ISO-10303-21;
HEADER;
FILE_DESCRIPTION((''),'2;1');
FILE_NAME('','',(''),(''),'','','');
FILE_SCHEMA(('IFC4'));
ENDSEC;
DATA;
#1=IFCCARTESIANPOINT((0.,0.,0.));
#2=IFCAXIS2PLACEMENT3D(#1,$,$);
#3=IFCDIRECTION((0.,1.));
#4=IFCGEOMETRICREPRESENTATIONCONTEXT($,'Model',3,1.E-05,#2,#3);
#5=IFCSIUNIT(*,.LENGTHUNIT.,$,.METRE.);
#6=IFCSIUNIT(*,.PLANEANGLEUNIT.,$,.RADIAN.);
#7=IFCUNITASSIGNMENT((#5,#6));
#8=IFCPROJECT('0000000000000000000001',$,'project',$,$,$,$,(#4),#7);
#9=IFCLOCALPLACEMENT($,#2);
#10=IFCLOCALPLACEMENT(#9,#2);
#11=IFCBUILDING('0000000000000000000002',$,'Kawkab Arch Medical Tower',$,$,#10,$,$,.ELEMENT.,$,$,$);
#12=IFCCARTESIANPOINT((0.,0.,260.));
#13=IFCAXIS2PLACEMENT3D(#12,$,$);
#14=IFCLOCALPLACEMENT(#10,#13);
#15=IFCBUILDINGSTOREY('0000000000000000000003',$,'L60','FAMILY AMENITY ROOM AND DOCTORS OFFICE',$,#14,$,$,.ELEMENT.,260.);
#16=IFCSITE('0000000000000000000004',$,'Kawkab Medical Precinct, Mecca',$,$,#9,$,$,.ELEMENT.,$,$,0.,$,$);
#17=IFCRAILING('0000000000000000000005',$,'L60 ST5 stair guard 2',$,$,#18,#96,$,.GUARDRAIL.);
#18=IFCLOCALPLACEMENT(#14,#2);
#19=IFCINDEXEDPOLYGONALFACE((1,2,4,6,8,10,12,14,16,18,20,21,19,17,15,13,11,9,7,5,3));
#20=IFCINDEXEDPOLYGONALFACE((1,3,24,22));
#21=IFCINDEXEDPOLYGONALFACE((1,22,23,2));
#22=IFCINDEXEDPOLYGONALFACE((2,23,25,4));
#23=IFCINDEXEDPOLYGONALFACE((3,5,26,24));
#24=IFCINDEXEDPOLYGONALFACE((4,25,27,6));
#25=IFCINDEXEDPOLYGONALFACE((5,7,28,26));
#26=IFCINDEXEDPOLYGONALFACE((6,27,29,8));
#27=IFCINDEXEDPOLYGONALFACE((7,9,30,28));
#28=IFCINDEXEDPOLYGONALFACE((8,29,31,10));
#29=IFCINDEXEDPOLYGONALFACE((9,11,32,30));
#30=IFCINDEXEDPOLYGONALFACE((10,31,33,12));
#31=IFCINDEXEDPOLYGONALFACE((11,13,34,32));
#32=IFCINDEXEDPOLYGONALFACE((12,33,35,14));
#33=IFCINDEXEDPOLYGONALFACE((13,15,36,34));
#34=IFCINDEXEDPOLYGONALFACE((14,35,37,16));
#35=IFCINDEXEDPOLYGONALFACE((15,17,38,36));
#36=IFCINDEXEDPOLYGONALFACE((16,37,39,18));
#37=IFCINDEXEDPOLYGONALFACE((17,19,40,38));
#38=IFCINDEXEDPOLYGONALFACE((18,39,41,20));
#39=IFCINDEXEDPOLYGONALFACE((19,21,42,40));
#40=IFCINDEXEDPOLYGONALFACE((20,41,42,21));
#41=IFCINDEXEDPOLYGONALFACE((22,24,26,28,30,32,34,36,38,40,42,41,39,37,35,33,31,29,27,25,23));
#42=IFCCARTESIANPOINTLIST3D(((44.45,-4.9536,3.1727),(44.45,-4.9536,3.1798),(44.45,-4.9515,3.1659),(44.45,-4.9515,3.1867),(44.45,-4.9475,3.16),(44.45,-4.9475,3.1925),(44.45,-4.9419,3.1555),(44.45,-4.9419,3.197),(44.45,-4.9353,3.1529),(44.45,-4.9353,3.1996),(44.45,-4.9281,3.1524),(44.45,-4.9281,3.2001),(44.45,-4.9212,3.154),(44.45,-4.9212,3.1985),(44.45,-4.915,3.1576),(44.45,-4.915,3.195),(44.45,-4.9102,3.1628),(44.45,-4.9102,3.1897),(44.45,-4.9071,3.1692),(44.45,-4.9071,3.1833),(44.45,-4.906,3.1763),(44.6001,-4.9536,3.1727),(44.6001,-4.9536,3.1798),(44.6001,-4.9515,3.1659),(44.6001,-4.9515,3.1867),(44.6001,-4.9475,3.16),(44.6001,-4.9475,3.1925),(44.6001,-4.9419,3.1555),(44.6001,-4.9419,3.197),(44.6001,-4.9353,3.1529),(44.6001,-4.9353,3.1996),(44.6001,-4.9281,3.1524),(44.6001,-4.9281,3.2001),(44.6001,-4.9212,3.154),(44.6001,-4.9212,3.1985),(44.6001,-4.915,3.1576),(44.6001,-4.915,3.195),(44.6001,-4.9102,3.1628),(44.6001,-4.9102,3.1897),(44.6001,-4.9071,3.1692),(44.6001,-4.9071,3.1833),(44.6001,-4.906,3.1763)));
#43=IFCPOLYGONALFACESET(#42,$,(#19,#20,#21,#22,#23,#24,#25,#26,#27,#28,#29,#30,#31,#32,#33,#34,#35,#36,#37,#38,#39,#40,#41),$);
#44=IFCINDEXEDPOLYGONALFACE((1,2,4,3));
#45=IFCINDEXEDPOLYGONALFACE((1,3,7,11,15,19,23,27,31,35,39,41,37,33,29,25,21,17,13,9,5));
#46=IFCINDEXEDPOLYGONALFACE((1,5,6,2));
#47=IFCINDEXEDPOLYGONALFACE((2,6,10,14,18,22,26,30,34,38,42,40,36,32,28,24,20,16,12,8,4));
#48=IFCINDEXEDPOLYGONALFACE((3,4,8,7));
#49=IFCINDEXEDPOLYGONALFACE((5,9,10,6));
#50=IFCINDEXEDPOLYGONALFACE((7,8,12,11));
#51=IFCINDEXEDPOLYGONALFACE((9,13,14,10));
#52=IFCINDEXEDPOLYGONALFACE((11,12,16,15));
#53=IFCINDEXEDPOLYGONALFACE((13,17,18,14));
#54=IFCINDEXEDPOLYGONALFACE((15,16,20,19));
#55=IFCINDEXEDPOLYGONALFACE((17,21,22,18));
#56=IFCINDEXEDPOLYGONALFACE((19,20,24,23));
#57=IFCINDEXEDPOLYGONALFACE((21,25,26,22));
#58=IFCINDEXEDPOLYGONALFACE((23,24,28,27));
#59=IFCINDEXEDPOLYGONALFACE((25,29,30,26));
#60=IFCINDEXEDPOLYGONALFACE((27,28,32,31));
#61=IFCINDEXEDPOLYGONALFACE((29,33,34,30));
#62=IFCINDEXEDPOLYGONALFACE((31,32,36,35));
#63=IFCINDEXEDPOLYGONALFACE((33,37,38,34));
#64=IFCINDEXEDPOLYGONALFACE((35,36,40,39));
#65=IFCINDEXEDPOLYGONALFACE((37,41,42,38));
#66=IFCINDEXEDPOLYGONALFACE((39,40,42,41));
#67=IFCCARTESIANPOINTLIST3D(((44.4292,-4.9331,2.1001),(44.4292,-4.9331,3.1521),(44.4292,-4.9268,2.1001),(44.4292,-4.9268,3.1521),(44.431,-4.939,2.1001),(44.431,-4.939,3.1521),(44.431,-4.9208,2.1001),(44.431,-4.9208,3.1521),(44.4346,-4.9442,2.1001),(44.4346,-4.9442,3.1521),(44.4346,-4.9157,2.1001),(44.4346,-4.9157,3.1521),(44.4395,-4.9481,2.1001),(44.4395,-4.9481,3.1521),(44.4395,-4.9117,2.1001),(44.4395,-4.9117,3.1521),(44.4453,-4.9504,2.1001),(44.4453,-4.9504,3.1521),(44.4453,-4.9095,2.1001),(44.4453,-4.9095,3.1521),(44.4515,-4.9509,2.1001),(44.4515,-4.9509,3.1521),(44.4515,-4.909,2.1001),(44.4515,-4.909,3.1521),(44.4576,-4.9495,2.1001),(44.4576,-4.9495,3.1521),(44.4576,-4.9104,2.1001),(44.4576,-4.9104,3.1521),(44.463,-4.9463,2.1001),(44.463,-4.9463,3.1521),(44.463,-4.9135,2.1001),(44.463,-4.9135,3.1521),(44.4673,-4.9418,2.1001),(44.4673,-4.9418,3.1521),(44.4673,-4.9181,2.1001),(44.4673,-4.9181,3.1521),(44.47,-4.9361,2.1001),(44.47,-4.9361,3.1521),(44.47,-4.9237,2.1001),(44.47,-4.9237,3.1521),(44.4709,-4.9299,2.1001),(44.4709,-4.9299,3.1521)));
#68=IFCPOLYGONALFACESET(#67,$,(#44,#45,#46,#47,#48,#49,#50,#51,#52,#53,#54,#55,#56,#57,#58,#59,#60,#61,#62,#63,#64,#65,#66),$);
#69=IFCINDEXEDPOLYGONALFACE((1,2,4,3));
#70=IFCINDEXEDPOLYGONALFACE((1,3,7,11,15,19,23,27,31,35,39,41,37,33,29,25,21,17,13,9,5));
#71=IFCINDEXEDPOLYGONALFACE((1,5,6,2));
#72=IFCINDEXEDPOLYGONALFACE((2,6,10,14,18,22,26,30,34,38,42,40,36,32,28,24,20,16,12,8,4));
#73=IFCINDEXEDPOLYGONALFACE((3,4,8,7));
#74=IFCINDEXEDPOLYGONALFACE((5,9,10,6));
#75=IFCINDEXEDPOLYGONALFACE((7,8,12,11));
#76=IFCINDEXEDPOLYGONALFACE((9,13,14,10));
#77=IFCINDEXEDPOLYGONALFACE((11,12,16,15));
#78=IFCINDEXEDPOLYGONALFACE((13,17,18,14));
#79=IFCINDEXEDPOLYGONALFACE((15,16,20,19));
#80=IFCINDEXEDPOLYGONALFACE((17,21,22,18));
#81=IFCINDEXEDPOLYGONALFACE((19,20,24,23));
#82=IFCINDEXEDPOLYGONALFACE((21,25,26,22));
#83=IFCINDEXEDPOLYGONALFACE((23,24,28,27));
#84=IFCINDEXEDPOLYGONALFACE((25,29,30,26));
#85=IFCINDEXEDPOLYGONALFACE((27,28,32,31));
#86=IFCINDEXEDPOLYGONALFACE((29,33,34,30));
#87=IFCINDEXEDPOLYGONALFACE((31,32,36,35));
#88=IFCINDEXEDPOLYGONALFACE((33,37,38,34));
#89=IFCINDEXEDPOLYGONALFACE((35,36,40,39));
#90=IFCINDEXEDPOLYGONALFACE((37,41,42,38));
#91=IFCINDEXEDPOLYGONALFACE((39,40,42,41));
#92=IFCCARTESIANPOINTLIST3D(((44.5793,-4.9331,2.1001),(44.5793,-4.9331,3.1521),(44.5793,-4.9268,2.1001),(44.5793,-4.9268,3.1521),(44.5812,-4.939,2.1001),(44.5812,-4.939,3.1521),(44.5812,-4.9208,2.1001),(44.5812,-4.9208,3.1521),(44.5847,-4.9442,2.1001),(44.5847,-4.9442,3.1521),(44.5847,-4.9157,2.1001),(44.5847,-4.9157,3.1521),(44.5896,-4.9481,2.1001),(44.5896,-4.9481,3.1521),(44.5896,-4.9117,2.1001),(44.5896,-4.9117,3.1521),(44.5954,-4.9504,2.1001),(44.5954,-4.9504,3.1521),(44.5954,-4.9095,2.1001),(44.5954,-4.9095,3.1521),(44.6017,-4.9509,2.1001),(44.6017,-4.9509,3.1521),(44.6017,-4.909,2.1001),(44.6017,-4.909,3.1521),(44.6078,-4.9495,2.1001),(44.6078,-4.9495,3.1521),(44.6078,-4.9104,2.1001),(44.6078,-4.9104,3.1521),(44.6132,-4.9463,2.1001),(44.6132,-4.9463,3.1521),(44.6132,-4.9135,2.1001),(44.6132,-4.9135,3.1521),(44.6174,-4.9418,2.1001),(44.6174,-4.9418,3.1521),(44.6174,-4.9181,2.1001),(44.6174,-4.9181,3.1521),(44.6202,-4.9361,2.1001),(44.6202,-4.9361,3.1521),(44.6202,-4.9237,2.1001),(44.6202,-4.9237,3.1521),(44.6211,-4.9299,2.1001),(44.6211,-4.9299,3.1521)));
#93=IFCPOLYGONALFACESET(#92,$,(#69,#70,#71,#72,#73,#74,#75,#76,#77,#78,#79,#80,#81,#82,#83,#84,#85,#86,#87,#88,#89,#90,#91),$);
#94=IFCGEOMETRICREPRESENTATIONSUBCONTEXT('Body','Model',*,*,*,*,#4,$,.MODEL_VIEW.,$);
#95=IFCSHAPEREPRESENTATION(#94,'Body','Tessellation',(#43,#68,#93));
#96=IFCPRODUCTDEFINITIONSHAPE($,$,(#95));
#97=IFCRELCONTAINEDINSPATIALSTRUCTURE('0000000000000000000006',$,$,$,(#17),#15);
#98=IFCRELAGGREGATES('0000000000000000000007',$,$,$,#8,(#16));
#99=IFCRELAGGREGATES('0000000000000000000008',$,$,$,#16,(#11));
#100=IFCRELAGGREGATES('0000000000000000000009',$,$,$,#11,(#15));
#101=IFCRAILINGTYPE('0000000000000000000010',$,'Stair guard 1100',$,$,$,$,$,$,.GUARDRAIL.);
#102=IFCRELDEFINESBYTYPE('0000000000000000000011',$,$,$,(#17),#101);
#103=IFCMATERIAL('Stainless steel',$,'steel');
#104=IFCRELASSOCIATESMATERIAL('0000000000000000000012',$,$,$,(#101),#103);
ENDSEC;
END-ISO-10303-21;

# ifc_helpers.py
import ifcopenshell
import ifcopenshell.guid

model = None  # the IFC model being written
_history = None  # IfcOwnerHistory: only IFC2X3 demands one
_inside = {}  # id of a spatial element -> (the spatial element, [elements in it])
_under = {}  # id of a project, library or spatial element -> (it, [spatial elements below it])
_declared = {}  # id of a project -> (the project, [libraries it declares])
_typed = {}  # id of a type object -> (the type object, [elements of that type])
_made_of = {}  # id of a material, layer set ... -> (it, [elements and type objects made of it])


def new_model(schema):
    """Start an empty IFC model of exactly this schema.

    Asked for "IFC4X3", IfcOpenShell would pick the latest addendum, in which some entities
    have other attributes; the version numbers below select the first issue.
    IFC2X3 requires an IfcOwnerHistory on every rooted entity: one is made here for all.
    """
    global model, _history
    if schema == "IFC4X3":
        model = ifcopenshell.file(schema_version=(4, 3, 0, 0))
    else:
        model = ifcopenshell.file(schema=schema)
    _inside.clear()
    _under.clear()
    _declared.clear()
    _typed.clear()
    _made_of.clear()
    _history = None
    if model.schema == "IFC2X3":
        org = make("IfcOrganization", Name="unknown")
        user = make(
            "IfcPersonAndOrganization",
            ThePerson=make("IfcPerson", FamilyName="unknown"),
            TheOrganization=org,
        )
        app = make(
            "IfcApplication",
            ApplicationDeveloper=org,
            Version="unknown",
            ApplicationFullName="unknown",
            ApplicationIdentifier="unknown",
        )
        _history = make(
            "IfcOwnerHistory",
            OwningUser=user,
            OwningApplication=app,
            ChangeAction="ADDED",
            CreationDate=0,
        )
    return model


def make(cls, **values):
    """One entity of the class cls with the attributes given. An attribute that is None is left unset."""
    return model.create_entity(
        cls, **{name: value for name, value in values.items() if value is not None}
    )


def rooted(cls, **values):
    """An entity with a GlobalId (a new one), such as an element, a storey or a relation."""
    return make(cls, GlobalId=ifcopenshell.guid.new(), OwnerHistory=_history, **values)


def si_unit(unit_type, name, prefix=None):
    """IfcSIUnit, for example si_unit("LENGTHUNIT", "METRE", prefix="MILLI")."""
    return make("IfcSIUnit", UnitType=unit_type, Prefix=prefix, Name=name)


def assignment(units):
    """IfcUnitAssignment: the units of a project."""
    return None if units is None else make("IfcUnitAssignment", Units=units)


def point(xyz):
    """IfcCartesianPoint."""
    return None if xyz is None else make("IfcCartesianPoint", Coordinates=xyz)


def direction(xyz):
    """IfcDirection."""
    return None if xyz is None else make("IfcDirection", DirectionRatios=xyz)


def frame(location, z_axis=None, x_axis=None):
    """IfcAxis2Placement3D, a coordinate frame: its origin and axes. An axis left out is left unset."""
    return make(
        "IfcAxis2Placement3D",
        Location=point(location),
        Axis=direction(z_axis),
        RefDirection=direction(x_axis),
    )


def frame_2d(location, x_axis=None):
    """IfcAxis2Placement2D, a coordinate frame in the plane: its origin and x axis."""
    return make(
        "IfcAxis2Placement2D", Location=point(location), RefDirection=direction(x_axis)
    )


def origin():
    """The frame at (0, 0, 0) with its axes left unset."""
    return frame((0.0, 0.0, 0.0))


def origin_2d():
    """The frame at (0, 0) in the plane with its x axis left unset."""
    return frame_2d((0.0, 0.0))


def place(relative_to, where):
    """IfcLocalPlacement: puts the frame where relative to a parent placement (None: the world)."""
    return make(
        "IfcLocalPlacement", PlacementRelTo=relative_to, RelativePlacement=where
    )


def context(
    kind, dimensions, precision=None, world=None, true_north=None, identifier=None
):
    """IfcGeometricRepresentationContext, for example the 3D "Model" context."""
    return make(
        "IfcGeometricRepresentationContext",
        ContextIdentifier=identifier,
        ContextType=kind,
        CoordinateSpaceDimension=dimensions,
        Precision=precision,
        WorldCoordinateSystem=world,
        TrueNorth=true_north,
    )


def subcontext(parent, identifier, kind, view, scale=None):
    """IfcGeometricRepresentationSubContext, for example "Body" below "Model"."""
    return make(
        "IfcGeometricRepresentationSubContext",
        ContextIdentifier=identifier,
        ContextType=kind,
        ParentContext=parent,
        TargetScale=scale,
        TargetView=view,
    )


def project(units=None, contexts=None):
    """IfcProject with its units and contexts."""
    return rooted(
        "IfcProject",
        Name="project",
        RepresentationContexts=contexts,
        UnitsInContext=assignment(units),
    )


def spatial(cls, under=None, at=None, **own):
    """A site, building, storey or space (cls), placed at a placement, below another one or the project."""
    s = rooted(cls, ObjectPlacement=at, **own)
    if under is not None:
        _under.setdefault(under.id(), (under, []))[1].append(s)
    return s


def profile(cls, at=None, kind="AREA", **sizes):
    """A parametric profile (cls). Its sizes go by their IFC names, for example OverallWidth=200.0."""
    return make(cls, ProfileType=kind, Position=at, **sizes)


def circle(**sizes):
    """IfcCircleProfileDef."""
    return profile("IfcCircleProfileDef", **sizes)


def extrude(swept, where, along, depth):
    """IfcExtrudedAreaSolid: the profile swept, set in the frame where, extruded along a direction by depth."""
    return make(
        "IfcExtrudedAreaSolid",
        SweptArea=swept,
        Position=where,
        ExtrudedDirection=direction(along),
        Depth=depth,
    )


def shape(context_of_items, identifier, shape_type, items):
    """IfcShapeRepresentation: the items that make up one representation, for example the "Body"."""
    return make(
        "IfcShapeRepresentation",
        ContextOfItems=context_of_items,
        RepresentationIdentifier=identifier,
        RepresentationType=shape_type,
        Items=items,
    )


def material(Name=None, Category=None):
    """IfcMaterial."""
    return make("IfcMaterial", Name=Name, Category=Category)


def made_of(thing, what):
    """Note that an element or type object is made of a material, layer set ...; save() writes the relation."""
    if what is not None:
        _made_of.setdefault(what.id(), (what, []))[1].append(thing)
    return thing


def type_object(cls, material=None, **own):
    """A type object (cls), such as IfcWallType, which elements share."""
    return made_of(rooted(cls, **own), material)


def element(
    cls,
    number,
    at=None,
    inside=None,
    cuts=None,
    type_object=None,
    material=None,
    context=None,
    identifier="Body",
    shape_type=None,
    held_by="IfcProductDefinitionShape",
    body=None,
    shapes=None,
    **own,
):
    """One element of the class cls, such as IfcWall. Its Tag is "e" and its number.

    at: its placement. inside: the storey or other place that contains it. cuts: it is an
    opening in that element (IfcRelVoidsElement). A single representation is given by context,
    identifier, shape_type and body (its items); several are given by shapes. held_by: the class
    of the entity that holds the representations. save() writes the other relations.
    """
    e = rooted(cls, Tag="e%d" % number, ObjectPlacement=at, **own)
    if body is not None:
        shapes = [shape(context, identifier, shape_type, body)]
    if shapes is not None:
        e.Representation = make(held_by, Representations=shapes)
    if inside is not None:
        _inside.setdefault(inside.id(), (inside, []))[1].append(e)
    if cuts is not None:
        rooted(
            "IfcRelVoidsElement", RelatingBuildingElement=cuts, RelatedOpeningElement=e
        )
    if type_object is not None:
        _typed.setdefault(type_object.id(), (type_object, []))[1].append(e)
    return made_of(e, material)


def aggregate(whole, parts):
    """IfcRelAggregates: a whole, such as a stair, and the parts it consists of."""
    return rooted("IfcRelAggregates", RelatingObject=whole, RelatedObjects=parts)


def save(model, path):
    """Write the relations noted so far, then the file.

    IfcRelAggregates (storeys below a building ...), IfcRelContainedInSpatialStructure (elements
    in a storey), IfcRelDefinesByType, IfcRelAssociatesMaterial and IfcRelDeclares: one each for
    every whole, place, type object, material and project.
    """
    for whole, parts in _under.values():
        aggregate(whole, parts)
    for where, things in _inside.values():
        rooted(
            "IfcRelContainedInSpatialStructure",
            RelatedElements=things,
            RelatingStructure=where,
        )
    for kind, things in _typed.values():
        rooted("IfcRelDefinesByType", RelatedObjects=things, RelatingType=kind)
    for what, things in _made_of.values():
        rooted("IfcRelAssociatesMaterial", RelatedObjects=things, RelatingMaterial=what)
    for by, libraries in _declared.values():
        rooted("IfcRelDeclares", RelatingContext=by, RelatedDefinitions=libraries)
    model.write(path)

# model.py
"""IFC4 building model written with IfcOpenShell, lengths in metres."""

from ifc_helpers import new_model, si_unit, direction, frame, origin, origin_2d, place, context, subcontext, project, spatial, circle, extrude, material, type_object, element, save


model = new_model("IFC4")

# Units and contexts
model_context = context("Model", 3, precision=1e-05, world=origin(), true_north=direction((0.0, 1.0)))
body_context = subcontext(model_context, "Body", "Model", "MODEL_VIEW")
ifc_project = project(units=[si_unit("LENGTHUNIT", "METRE"), si_unit("PLANEANGLEUNIT", "RADIAN")], contexts=[model_context])

# Site, building, storey
site_placement = place(None, origin())
site = spatial("IfcSite", under=ifc_project, at=site_placement, Name="Kawkab Medical Precinct, Mecca", CompositionType="ELEMENT", RefElevation=0.0)
building_placement = place(site_placement, origin())
building = spatial("IfcBuilding", under=site, at=building_placement, Name="Kawkab Arch Medical Tower", CompositionType="ELEMENT")
storey_placement = place(building_placement, frame((0.0, 0.0, 260.0)))
storey = spatial("IfcBuildingStorey", under=building, at=storey_placement, Name="L60", Description="FAMILY AMENITY ROOM AND DOCTORS OFFICE", CompositionType="ELEMENT", Elevation=260.0)

# Railing
ifc_material_1 = material(Name="Stainless steel", Category="steel")
railing_type_1 = type_object("IfcRailingType", Name="Stair guard 1100", PredefinedType="GUARDRAIL", material=ifc_material_1)
railing_1_placement = place(storey_placement, frame((44.45, -4.9299, 2.1001)))
element("IfcRailing", 1, at=railing_1_placement, inside=storey, type_object=railing_type_1, Name="L60 ST5 stair guard 2", PredefinedType="GUARDRAIL", context=body_context, shape_type="SweptSolid", body=[
    extrude(circle(Radius=0.0239, at=origin_2d()), frame((0.0, 0.0, 1.0762), z_axis=(1.0, 0.0, 0.0), x_axis=(0.0, 1.0, 0.0)), (0.0, 0.0, 1.0), 0.1501),
    extrude(circle(Radius=0.021, at=origin_2d()), origin(), (0.0, 0.0, 1.0), 1.052),
    extrude(circle(Radius=0.021, at=origin_2d()), frame((0.1501, 0.0, 0.0)), (0.0, 0.0, 1.0), 1.052),
])

save(model, "model.ifc")
